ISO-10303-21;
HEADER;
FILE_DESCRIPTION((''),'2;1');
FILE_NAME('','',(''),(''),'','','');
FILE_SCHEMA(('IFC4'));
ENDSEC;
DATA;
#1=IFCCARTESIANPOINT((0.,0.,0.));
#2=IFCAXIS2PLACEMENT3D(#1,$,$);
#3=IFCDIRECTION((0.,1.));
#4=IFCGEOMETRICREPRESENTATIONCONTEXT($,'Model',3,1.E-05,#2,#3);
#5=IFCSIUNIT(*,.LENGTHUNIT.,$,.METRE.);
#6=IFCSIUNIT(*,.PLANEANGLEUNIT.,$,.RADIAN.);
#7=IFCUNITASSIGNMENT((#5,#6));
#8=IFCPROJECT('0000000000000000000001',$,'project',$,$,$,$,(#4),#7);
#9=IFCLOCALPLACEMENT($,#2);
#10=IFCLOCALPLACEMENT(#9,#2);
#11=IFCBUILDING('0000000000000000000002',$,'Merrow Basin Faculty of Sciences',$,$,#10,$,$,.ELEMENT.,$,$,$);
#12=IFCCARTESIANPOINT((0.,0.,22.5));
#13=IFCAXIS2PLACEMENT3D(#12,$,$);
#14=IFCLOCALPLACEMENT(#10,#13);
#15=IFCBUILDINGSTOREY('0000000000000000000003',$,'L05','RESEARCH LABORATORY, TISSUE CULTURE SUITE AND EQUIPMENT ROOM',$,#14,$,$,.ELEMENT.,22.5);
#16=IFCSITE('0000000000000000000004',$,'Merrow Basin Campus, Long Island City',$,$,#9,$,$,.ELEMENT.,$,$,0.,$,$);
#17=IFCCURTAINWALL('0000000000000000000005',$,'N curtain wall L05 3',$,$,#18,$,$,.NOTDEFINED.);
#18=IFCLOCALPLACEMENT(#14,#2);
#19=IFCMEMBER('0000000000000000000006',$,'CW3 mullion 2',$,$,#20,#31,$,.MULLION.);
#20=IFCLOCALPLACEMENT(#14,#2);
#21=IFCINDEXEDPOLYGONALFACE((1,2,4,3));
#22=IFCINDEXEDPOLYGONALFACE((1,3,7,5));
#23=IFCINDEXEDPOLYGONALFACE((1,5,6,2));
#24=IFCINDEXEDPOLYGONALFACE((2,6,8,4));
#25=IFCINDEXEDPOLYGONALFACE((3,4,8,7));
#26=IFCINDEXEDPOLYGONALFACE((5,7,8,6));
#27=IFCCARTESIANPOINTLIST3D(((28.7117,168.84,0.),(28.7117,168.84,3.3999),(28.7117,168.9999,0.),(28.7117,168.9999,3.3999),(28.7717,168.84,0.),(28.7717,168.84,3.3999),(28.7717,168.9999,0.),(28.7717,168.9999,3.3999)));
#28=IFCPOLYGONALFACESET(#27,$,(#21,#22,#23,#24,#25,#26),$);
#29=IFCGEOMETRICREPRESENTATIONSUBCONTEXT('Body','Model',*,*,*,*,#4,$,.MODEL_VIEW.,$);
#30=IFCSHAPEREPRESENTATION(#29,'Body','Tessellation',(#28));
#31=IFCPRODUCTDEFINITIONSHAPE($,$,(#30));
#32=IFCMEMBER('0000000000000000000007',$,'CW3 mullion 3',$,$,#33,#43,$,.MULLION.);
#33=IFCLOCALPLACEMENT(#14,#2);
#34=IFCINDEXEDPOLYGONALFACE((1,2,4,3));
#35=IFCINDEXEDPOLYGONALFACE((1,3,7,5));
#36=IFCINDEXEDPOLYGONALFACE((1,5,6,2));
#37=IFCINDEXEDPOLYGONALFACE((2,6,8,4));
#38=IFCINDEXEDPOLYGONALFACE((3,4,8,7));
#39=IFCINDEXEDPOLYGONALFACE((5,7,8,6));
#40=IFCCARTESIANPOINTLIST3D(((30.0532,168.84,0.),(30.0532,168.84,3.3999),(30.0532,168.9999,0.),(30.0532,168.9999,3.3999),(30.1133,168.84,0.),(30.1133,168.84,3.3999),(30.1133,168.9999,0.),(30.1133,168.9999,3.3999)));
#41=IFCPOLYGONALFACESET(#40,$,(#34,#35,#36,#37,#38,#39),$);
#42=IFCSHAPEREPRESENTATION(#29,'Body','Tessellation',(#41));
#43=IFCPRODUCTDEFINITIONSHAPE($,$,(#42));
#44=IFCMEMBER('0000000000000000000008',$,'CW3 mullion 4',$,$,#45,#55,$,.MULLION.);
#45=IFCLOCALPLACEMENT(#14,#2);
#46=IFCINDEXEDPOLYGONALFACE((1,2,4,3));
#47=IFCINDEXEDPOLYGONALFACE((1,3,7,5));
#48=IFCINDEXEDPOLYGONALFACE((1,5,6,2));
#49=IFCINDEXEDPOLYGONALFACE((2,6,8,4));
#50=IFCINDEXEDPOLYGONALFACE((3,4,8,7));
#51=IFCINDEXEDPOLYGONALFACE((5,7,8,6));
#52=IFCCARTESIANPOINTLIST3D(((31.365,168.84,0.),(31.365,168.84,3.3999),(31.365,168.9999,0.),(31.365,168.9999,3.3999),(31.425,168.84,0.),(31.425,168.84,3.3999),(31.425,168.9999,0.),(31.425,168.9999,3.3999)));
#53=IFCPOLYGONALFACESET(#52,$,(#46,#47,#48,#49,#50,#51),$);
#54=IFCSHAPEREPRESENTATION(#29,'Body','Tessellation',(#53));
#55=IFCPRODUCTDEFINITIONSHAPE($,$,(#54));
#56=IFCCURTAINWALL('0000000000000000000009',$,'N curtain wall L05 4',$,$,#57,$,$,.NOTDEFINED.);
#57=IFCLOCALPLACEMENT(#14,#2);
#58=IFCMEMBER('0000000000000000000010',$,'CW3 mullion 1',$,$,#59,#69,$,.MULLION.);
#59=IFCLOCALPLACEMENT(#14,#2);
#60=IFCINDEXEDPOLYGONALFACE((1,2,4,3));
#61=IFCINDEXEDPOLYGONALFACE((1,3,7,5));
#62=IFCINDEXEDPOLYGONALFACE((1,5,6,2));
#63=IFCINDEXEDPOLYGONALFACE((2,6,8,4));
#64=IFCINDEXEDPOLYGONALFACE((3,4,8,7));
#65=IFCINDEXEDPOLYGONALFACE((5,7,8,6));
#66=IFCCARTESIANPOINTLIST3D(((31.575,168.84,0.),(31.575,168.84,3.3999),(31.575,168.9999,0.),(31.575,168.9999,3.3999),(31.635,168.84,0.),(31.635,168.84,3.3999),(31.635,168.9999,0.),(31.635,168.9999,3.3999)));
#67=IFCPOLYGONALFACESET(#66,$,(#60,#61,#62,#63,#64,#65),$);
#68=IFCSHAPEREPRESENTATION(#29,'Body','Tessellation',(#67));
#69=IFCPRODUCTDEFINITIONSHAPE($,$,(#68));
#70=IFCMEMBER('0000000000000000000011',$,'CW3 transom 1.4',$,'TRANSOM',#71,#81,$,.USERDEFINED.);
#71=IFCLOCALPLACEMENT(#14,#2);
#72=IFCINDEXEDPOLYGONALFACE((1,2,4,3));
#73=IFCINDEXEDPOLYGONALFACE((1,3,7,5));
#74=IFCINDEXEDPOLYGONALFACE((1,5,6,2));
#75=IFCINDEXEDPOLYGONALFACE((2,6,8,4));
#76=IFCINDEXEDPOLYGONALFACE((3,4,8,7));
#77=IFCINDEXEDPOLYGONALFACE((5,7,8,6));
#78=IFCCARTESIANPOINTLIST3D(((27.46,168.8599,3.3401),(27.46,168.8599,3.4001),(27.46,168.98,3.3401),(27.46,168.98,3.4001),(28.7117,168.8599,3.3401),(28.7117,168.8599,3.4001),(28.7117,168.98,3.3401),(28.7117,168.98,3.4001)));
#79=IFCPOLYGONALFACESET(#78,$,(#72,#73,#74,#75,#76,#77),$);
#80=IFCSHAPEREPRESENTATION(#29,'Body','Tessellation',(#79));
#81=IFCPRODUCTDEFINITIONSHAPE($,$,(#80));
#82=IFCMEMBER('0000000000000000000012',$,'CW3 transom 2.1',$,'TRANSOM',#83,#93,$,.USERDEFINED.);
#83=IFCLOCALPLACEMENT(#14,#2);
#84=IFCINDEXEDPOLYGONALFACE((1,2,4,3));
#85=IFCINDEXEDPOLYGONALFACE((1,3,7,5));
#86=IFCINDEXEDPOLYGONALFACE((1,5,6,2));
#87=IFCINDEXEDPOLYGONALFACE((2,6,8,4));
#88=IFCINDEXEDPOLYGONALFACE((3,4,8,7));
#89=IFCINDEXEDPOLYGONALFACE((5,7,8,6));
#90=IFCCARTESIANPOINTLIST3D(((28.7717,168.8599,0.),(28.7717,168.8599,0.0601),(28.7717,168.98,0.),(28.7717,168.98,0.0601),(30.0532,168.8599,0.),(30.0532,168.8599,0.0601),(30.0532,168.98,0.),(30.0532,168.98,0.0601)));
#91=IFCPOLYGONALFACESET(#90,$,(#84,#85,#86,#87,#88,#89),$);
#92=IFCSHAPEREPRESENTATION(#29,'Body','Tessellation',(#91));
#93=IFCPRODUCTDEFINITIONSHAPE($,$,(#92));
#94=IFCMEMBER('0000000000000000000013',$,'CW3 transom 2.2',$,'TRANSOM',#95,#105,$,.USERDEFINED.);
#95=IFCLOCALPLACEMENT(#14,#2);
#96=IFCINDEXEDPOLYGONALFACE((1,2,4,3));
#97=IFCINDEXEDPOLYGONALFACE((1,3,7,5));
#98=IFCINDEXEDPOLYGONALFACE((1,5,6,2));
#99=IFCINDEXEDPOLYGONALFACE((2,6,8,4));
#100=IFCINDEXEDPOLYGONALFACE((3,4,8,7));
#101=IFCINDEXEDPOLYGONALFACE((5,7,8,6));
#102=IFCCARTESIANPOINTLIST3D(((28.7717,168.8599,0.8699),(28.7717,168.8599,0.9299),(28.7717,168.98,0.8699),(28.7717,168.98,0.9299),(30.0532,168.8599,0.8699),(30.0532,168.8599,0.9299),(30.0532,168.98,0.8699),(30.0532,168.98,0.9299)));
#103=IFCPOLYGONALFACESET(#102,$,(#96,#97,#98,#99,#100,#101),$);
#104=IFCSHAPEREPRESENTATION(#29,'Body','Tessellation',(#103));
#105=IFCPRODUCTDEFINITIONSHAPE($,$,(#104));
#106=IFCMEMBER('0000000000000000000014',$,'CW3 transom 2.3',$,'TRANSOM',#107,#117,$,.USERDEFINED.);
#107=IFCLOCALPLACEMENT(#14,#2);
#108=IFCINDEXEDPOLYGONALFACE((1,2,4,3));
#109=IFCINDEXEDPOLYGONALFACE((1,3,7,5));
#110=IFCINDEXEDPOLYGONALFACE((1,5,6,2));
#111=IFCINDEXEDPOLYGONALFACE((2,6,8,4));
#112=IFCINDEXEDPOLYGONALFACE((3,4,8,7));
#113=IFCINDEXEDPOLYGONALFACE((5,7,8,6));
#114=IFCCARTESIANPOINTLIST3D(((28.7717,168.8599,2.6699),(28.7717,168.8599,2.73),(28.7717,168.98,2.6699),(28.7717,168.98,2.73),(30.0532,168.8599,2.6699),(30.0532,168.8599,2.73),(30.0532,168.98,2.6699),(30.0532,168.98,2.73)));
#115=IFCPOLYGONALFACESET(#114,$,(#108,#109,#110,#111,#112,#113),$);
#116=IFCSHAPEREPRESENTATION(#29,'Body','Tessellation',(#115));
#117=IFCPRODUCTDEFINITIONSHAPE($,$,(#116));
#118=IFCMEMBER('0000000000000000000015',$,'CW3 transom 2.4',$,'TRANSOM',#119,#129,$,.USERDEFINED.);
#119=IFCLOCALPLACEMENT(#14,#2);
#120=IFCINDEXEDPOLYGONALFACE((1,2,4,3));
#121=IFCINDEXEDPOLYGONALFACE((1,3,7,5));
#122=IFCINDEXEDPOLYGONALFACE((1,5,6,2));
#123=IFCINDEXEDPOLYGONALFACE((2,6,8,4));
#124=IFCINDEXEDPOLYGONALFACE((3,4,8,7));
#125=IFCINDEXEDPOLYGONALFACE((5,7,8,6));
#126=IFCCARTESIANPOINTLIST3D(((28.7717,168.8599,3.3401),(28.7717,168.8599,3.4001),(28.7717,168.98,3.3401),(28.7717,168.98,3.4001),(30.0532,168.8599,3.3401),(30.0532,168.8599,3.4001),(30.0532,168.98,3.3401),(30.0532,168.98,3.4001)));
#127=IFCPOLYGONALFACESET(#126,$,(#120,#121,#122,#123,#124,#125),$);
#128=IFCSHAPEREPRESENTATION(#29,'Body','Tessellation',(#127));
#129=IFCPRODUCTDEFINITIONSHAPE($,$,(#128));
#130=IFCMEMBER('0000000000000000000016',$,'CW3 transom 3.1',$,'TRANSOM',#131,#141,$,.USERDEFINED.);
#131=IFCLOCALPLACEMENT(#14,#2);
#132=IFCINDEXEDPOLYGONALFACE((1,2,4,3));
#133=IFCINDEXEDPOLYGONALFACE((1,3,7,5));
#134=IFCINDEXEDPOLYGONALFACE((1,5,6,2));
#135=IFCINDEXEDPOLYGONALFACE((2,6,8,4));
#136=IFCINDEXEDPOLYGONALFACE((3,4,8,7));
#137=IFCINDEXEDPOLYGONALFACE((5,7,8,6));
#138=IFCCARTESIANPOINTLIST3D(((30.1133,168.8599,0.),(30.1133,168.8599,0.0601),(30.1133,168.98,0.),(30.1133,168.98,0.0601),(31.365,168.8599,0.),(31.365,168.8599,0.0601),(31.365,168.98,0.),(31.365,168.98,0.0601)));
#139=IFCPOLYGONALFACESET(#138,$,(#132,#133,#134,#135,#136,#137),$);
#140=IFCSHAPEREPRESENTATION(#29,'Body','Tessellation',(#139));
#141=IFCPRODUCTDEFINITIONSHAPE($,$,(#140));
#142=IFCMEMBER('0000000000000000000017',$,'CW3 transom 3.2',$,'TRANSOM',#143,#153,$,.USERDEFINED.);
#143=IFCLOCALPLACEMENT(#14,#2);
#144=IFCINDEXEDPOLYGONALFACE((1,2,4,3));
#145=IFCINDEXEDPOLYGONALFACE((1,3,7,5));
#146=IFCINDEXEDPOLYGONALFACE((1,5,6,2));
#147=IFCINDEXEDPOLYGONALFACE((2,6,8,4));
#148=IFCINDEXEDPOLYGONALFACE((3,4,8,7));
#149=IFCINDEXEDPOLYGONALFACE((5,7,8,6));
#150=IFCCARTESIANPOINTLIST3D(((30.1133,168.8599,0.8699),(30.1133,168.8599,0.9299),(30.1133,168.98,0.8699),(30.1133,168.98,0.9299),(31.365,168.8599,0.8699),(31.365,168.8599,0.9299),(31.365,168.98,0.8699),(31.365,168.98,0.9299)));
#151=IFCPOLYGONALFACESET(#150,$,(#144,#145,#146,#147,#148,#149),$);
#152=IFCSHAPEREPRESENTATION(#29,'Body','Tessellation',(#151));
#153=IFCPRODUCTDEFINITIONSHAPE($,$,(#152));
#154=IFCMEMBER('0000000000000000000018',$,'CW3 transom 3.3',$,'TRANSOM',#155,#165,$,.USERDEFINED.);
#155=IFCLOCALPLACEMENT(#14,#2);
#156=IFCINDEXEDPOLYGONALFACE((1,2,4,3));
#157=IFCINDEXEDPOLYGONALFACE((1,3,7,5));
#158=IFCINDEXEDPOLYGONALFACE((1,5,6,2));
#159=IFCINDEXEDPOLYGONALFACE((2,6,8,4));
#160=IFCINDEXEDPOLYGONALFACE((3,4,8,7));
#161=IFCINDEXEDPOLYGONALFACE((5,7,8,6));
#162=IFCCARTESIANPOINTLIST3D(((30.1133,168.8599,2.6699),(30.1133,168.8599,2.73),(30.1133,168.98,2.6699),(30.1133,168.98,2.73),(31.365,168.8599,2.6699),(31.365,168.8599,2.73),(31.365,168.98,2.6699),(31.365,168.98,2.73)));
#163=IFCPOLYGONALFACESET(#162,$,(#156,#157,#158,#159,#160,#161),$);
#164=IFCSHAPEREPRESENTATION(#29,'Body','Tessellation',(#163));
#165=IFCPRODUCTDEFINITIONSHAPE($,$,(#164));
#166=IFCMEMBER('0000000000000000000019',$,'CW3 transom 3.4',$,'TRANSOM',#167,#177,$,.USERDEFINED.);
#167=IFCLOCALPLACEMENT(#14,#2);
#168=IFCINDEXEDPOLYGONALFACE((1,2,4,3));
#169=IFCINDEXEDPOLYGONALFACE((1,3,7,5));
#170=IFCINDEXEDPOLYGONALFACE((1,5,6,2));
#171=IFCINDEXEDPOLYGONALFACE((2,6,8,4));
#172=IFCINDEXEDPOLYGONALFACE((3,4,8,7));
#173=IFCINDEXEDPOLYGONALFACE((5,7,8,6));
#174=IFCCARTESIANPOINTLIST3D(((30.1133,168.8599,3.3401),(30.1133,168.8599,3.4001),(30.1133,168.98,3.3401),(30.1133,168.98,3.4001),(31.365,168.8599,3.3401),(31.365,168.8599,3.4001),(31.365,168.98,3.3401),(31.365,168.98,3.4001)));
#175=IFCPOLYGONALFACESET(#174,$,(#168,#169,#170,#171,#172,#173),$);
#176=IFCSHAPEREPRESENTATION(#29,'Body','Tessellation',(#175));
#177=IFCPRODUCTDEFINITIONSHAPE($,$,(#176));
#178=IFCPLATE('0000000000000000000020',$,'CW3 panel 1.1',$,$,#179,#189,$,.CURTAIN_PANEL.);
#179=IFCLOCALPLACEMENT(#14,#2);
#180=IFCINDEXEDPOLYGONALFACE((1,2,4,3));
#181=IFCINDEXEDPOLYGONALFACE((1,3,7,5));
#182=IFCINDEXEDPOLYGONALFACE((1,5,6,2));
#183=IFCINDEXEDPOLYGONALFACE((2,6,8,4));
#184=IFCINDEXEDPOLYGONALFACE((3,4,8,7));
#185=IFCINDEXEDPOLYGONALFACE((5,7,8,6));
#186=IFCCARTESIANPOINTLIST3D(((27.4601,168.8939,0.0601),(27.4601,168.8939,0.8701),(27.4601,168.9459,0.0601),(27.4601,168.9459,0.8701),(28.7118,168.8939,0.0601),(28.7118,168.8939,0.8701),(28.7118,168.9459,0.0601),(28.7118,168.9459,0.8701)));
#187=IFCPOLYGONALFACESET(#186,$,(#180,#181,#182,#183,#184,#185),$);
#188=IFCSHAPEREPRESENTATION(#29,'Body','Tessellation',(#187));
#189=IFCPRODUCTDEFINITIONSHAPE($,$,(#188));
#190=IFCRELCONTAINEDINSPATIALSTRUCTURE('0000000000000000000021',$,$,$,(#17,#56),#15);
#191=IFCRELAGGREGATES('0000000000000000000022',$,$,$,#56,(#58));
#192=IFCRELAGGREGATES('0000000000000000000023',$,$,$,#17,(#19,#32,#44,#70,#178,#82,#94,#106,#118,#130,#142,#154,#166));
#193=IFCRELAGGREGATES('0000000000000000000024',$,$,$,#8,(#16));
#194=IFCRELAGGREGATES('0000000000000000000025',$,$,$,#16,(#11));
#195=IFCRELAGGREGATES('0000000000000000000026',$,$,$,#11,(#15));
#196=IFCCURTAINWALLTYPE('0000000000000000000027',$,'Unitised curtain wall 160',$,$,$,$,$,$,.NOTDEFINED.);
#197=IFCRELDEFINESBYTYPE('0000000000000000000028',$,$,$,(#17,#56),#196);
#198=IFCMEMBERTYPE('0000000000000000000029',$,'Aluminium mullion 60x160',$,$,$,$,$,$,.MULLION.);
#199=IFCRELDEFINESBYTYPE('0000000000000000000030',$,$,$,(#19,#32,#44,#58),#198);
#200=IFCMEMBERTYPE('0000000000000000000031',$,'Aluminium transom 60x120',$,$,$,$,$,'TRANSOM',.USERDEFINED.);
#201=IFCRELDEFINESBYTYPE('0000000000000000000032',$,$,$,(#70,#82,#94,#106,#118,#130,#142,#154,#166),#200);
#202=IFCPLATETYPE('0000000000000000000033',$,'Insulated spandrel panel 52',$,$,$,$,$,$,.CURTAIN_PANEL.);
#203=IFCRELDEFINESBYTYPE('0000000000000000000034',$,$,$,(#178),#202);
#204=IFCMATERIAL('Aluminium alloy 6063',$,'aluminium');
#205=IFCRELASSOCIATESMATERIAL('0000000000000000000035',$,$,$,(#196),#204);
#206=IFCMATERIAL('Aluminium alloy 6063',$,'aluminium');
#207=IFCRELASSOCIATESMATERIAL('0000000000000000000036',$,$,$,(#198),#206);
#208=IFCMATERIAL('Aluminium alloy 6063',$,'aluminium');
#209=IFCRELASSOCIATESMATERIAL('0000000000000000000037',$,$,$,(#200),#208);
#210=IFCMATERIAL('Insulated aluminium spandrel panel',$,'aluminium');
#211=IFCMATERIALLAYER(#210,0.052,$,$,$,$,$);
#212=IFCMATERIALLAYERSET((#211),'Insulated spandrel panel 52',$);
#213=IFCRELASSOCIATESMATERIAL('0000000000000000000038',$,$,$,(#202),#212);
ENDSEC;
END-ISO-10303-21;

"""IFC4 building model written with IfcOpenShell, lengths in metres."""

from ifc_helpers import new_model, si_unit, direction, frame, origin, origin_2d, place, context, subcontext, project, spatial, rectangle, extrude, material, layer, layer_set, material_profile, profile_set, type_object, element, aggregate, save


model = new_model("IFC4")

# Units and contexts
model_context = context("Model", 3, precision=1e-05, world=origin(), true_north=direction((0.0, 1.0)))
body_context = subcontext(model_context, "Body", "Model", "MODEL_VIEW")
ifc_project = project(units=[si_unit("LENGTHUNIT", "METRE"), si_unit("PLANEANGLEUNIT", "RADIAN")], contexts=[model_context])

# Site, building, storey
site_placement = place(None, origin())
site = spatial("IfcSite", under=ifc_project, at=site_placement, Name="Merrow Basin Campus, Long Island City", CompositionType="ELEMENT", RefElevation=0.0)
building_placement = place(site_placement, origin())
building = spatial("IfcBuilding", under=site, at=building_placement, Name="Merrow Basin Faculty of Sciences", CompositionType="ELEMENT")
storey_placement = place(building_placement, frame((0.0, 0.0, 22.5)))
storey = spatial("IfcBuildingStorey", under=building, at=storey_placement, Name="L05", Description="RESEARCH LABORATORY, TISSUE CULTURE SUITE AND EQUIPMENT ROOM", CompositionType="ELEMENT", Elevation=22.5)

# Curtain wall, members
ifc_material_1 = material(Name="Aluminium alloy 6063", Category="aluminium")
curtain_wall_type = type_object("IfcCurtainWallType", Name="Unitised curtain wall 160", PredefinedType="NOTDEFINED", material=ifc_material_1)
curtain_wall_1_placement = place(storey_placement, origin())
curtain_wall_1 = element("IfcCurtainWall", 1, at=curtain_wall_1_placement, inside=storey, type_object=curtain_wall_type, Name="N curtain wall L05 3", PredefinedType="NOTDEFINED")
ifc_material_2 = material(Name="Aluminium alloy 6063", Category="aluminium")
ifc_material_profile_1 = material_profile(ifc_material_2, rectangle(XDim=0.1599, YDim=0.0601, at=origin_2d()))
ifc_profile_set_1 = profile_set([ifc_material_profile_1], Name="Aluminium alloy 6063")
member_type_1 = type_object("IfcMemberType", Name="Aluminium mullion 60x160", PredefinedType="MULLION", material=ifc_profile_set_1)
member_1_placement = place(storey_placement, frame((28.7417, 168.9199, 0.0), z_axis=(0.0, 0.0, 1.0), x_axis=(0.0, 1.0, 0.0)))
member_1 = element("IfcMember", 2, at=member_1_placement, type_object=member_type_1, Name="CW3 mullion 2", PredefinedType="MULLION", context=body_context, shape_type="SweptSolid", body=[
    extrude(rectangle(XDim=0.1599, YDim=0.0601, at=origin_2d()), origin(), (0.0, 0.0, 1.0), 3.3999),
])
member_2_placement = place(storey_placement, frame((30.0833, 168.9199, 0.0), z_axis=(0.0, 0.0, 1.0), x_axis=(0.0, 1.0, 0.0)))
member_2 = element("IfcMember", 3, at=member_2_placement, type_object=member_type_1, Name="CW3 mullion 3", PredefinedType="MULLION", context=body_context, shape_type="SweptSolid", body=[
    extrude(rectangle(XDim=0.1599, YDim=0.0601, at=origin_2d()), origin(), (0.0, 0.0, 1.0), 3.3999),
])
member_3_placement = place(storey_placement, frame((31.395, 168.9199, 0.0), z_axis=(0.0, 0.0, 1.0), x_axis=(0.0, 1.0, 0.0)))
member_3 = element("IfcMember", 4, at=member_3_placement, type_object=member_type_1, Name="CW3 mullion 4", PredefinedType="MULLION", context=body_context, shape_type="SweptSolid", body=[
    extrude(rectangle(XDim=0.1599, YDim=0.0601, at=origin_2d()), origin(), (0.0, 0.0, 1.0), 3.3999),
])

# Curtain wall, member
curtain_wall_2_placement = place(storey_placement, origin())
curtain_wall_2 = element("IfcCurtainWall", 5, at=curtain_wall_2_placement, inside=storey, type_object=curtain_wall_type, Name="N curtain wall L05 4", PredefinedType="NOTDEFINED")
member_4_placement = place(storey_placement, frame((31.605, 168.9199, 0.0), z_axis=(0.0, 0.0, 1.0), x_axis=(0.0, 1.0, 0.0)))
member_4 = element("IfcMember", 6, at=member_4_placement, type_object=member_type_1, Name="CW3 mullion 1", PredefinedType="MULLION", context=body_context, shape_type="SweptSolid", body=[
    extrude(rectangle(XDim=0.1599, YDim=0.0601, at=origin_2d()), origin(), (0.0, 0.0, 1.0), 3.3999),
])
aggregate(curtain_wall_2, [member_4])

# Members
ifc_material_3 = material(Name="Aluminium alloy 6063", Category="aluminium")
ifc_material_profile_2 = material_profile(ifc_material_3, rectangle(XDim=0.1201, YDim=0.0601, at=origin_2d()))
ifc_profile_set_2 = profile_set([ifc_material_profile_2], Name="Aluminium alloy 6063")
member_type_2 = type_object("IfcMemberType", Name="Aluminium transom 60x120", ElementType="TRANSOM", PredefinedType="USERDEFINED", material=ifc_profile_set_2)
member_5_placement = place(storey_placement, frame((27.46, 168.9199, 3.3701), z_axis=(1.0, 0.0, 0.0), x_axis=(0.0, 1.0, 0.0)))
member_5 = element("IfcMember", 7, at=member_5_placement, type_object=member_type_2, Name="CW3 transom 1.4", ObjectType="TRANSOM", PredefinedType="USERDEFINED", context=body_context, shape_type="SweptSolid", body=[
    extrude(rectangle(XDim=0.1201, YDim=0.0601, at=origin_2d()), origin(), (0.0, 0.0, 1.0), 1.2517),
])
member_6_placement = place(storey_placement, frame((28.7717, 168.9199, 0.03), z_axis=(1.0, 0.0, 0.0), x_axis=(0.0, 1.0, 0.0)))
member_6 = element("IfcMember", 8, at=member_6_placement, type_object=member_type_2, Name="CW3 transom 2.1", ObjectType="TRANSOM", PredefinedType="USERDEFINED", context=body_context, shape_type="SweptSolid", body=[
    extrude(rectangle(XDim=0.1201, YDim=0.0601, at=origin_2d()), origin(), (0.0, 0.0, 1.0), 1.2815),
])
member_7_placement = place(storey_placement, frame((28.7717, 168.9199, 0.8999), z_axis=(1.0, 0.0, 0.0), x_axis=(0.0, 1.0, 0.0)))
member_7 = element("IfcMember", 9, at=member_7_placement, type_object=member_type_2, Name="CW3 transom 2.2", ObjectType="TRANSOM", PredefinedType="USERDEFINED", context=body_context, shape_type="SweptSolid", body=[
    extrude(rectangle(XDim=0.1201, YDim=0.0601, at=origin_2d()), origin(), (0.0, 0.0, 1.0), 1.2815),
])
member_8_placement = place(storey_placement, frame((28.7717, 168.9199, 2.7), z_axis=(1.0, 0.0, 0.0), x_axis=(0.0, 1.0, 0.0)))
member_8 = element("IfcMember", 10, at=member_8_placement, type_object=member_type_2, Name="CW3 transom 2.3", ObjectType="TRANSOM", PredefinedType="USERDEFINED", context=body_context, shape_type="SweptSolid", body=[
    extrude(rectangle(XDim=0.1201, YDim=0.0601, at=origin_2d()), origin(), (0.0, 0.0, 1.0), 1.2815),
])
member_9_placement = place(storey_placement, frame((28.7717, 168.9199, 3.3701), z_axis=(1.0, 0.0, 0.0), x_axis=(0.0, 1.0, 0.0)))
member_9 = element("IfcMember", 11, at=member_9_placement, type_object=member_type_2, Name="CW3 transom 2.4", ObjectType="TRANSOM", PredefinedType="USERDEFINED", context=body_context, shape_type="SweptSolid", body=[
    extrude(rectangle(XDim=0.1201, YDim=0.0601, at=origin_2d()), origin(), (0.0, 0.0, 1.0), 1.2815),
])
member_10_placement = place(storey_placement, frame((30.1133, 168.9199, 0.03), z_axis=(1.0, 0.0, 0.0), x_axis=(0.0, 1.0, 0.0)))
member_10 = element("IfcMember", 12, at=member_10_placement, type_object=member_type_2, Name="CW3 transom 3.1", ObjectType="TRANSOM", PredefinedType="USERDEFINED", context=body_context, shape_type="SweptSolid", body=[
    extrude(rectangle(XDim=0.1201, YDim=0.0601, at=origin_2d()), origin(), (0.0, 0.0, 1.0), 1.2517),
])
member_11_placement = place(storey_placement, frame((30.1133, 168.9199, 0.8999), z_axis=(1.0, 0.0, 0.0), x_axis=(0.0, 1.0, 0.0)))
member_11 = element("IfcMember", 13, at=member_11_placement, type_object=member_type_2, Name="CW3 transom 3.2", ObjectType="TRANSOM", PredefinedType="USERDEFINED", context=body_context, shape_type="SweptSolid", body=[
    extrude(rectangle(XDim=0.1201, YDim=0.0601, at=origin_2d()), origin(), (0.0, 0.0, 1.0), 1.2517),
])
member_12_placement = place(storey_placement, frame((30.1133, 168.9199, 2.7), z_axis=(1.0, 0.0, 0.0), x_axis=(0.0, 1.0, 0.0)))
member_12 = element("IfcMember", 14, at=member_12_placement, type_object=member_type_2, Name="CW3 transom 3.3", ObjectType="TRANSOM", PredefinedType="USERDEFINED", context=body_context, shape_type="SweptSolid", body=[
    extrude(rectangle(XDim=0.1201, YDim=0.0601, at=origin_2d()), origin(), (0.0, 0.0, 1.0), 1.2517),
])
member_13_placement = place(storey_placement, frame((30.1133, 168.9199, 3.3701), z_axis=(1.0, 0.0, 0.0), x_axis=(0.0, 1.0, 0.0)))
member_13 = element("IfcMember", 15, at=member_13_placement, type_object=member_type_2, Name="CW3 transom 3.4", ObjectType="TRANSOM", PredefinedType="USERDEFINED", context=body_context, shape_type="SweptSolid", body=[
    extrude(rectangle(XDim=0.1201, YDim=0.0601, at=origin_2d()), origin(), (0.0, 0.0, 1.0), 1.2517),
])

# Plate
ifc_material_4 = material(Name="Insulated aluminium spandrel panel", Category="aluminium")
ifc_layer_1 = layer(ifc_material_4, 0.052)
ifc_layer_set_1 = layer_set([ifc_layer_1], Name="Insulated spandrel panel 52")
plate_type_1 = type_object("IfcPlateType", Name="Insulated spandrel panel 52", PredefinedType="CURTAIN_PANEL", material=ifc_layer_set_1)
plate_1_placement = place(storey_placement, frame((28.0859, 168.9199, 0.0601), z_axis=(0.0, 0.0, 1.0), x_axis=(1.0, 0.0, 0.0)))
plate_1 = element("IfcPlate", 16, at=plate_1_placement, type_object=plate_type_1, Name="CW3 panel 1.1", PredefinedType="CURTAIN_PANEL", context=body_context, shape_type="SweptSolid", body=[
    extrude(rectangle(XDim=1.2517, YDim=0.052, at=origin_2d()), origin(), (0.0, 0.0, 1.0), 0.8101),
])
aggregate(curtain_wall_1, [member_1, member_2, member_3, member_5, plate_1, member_6, member_7, member_8, member_9, member_10, member_11, member_12, member_13])

save(model, "model.ifc")
